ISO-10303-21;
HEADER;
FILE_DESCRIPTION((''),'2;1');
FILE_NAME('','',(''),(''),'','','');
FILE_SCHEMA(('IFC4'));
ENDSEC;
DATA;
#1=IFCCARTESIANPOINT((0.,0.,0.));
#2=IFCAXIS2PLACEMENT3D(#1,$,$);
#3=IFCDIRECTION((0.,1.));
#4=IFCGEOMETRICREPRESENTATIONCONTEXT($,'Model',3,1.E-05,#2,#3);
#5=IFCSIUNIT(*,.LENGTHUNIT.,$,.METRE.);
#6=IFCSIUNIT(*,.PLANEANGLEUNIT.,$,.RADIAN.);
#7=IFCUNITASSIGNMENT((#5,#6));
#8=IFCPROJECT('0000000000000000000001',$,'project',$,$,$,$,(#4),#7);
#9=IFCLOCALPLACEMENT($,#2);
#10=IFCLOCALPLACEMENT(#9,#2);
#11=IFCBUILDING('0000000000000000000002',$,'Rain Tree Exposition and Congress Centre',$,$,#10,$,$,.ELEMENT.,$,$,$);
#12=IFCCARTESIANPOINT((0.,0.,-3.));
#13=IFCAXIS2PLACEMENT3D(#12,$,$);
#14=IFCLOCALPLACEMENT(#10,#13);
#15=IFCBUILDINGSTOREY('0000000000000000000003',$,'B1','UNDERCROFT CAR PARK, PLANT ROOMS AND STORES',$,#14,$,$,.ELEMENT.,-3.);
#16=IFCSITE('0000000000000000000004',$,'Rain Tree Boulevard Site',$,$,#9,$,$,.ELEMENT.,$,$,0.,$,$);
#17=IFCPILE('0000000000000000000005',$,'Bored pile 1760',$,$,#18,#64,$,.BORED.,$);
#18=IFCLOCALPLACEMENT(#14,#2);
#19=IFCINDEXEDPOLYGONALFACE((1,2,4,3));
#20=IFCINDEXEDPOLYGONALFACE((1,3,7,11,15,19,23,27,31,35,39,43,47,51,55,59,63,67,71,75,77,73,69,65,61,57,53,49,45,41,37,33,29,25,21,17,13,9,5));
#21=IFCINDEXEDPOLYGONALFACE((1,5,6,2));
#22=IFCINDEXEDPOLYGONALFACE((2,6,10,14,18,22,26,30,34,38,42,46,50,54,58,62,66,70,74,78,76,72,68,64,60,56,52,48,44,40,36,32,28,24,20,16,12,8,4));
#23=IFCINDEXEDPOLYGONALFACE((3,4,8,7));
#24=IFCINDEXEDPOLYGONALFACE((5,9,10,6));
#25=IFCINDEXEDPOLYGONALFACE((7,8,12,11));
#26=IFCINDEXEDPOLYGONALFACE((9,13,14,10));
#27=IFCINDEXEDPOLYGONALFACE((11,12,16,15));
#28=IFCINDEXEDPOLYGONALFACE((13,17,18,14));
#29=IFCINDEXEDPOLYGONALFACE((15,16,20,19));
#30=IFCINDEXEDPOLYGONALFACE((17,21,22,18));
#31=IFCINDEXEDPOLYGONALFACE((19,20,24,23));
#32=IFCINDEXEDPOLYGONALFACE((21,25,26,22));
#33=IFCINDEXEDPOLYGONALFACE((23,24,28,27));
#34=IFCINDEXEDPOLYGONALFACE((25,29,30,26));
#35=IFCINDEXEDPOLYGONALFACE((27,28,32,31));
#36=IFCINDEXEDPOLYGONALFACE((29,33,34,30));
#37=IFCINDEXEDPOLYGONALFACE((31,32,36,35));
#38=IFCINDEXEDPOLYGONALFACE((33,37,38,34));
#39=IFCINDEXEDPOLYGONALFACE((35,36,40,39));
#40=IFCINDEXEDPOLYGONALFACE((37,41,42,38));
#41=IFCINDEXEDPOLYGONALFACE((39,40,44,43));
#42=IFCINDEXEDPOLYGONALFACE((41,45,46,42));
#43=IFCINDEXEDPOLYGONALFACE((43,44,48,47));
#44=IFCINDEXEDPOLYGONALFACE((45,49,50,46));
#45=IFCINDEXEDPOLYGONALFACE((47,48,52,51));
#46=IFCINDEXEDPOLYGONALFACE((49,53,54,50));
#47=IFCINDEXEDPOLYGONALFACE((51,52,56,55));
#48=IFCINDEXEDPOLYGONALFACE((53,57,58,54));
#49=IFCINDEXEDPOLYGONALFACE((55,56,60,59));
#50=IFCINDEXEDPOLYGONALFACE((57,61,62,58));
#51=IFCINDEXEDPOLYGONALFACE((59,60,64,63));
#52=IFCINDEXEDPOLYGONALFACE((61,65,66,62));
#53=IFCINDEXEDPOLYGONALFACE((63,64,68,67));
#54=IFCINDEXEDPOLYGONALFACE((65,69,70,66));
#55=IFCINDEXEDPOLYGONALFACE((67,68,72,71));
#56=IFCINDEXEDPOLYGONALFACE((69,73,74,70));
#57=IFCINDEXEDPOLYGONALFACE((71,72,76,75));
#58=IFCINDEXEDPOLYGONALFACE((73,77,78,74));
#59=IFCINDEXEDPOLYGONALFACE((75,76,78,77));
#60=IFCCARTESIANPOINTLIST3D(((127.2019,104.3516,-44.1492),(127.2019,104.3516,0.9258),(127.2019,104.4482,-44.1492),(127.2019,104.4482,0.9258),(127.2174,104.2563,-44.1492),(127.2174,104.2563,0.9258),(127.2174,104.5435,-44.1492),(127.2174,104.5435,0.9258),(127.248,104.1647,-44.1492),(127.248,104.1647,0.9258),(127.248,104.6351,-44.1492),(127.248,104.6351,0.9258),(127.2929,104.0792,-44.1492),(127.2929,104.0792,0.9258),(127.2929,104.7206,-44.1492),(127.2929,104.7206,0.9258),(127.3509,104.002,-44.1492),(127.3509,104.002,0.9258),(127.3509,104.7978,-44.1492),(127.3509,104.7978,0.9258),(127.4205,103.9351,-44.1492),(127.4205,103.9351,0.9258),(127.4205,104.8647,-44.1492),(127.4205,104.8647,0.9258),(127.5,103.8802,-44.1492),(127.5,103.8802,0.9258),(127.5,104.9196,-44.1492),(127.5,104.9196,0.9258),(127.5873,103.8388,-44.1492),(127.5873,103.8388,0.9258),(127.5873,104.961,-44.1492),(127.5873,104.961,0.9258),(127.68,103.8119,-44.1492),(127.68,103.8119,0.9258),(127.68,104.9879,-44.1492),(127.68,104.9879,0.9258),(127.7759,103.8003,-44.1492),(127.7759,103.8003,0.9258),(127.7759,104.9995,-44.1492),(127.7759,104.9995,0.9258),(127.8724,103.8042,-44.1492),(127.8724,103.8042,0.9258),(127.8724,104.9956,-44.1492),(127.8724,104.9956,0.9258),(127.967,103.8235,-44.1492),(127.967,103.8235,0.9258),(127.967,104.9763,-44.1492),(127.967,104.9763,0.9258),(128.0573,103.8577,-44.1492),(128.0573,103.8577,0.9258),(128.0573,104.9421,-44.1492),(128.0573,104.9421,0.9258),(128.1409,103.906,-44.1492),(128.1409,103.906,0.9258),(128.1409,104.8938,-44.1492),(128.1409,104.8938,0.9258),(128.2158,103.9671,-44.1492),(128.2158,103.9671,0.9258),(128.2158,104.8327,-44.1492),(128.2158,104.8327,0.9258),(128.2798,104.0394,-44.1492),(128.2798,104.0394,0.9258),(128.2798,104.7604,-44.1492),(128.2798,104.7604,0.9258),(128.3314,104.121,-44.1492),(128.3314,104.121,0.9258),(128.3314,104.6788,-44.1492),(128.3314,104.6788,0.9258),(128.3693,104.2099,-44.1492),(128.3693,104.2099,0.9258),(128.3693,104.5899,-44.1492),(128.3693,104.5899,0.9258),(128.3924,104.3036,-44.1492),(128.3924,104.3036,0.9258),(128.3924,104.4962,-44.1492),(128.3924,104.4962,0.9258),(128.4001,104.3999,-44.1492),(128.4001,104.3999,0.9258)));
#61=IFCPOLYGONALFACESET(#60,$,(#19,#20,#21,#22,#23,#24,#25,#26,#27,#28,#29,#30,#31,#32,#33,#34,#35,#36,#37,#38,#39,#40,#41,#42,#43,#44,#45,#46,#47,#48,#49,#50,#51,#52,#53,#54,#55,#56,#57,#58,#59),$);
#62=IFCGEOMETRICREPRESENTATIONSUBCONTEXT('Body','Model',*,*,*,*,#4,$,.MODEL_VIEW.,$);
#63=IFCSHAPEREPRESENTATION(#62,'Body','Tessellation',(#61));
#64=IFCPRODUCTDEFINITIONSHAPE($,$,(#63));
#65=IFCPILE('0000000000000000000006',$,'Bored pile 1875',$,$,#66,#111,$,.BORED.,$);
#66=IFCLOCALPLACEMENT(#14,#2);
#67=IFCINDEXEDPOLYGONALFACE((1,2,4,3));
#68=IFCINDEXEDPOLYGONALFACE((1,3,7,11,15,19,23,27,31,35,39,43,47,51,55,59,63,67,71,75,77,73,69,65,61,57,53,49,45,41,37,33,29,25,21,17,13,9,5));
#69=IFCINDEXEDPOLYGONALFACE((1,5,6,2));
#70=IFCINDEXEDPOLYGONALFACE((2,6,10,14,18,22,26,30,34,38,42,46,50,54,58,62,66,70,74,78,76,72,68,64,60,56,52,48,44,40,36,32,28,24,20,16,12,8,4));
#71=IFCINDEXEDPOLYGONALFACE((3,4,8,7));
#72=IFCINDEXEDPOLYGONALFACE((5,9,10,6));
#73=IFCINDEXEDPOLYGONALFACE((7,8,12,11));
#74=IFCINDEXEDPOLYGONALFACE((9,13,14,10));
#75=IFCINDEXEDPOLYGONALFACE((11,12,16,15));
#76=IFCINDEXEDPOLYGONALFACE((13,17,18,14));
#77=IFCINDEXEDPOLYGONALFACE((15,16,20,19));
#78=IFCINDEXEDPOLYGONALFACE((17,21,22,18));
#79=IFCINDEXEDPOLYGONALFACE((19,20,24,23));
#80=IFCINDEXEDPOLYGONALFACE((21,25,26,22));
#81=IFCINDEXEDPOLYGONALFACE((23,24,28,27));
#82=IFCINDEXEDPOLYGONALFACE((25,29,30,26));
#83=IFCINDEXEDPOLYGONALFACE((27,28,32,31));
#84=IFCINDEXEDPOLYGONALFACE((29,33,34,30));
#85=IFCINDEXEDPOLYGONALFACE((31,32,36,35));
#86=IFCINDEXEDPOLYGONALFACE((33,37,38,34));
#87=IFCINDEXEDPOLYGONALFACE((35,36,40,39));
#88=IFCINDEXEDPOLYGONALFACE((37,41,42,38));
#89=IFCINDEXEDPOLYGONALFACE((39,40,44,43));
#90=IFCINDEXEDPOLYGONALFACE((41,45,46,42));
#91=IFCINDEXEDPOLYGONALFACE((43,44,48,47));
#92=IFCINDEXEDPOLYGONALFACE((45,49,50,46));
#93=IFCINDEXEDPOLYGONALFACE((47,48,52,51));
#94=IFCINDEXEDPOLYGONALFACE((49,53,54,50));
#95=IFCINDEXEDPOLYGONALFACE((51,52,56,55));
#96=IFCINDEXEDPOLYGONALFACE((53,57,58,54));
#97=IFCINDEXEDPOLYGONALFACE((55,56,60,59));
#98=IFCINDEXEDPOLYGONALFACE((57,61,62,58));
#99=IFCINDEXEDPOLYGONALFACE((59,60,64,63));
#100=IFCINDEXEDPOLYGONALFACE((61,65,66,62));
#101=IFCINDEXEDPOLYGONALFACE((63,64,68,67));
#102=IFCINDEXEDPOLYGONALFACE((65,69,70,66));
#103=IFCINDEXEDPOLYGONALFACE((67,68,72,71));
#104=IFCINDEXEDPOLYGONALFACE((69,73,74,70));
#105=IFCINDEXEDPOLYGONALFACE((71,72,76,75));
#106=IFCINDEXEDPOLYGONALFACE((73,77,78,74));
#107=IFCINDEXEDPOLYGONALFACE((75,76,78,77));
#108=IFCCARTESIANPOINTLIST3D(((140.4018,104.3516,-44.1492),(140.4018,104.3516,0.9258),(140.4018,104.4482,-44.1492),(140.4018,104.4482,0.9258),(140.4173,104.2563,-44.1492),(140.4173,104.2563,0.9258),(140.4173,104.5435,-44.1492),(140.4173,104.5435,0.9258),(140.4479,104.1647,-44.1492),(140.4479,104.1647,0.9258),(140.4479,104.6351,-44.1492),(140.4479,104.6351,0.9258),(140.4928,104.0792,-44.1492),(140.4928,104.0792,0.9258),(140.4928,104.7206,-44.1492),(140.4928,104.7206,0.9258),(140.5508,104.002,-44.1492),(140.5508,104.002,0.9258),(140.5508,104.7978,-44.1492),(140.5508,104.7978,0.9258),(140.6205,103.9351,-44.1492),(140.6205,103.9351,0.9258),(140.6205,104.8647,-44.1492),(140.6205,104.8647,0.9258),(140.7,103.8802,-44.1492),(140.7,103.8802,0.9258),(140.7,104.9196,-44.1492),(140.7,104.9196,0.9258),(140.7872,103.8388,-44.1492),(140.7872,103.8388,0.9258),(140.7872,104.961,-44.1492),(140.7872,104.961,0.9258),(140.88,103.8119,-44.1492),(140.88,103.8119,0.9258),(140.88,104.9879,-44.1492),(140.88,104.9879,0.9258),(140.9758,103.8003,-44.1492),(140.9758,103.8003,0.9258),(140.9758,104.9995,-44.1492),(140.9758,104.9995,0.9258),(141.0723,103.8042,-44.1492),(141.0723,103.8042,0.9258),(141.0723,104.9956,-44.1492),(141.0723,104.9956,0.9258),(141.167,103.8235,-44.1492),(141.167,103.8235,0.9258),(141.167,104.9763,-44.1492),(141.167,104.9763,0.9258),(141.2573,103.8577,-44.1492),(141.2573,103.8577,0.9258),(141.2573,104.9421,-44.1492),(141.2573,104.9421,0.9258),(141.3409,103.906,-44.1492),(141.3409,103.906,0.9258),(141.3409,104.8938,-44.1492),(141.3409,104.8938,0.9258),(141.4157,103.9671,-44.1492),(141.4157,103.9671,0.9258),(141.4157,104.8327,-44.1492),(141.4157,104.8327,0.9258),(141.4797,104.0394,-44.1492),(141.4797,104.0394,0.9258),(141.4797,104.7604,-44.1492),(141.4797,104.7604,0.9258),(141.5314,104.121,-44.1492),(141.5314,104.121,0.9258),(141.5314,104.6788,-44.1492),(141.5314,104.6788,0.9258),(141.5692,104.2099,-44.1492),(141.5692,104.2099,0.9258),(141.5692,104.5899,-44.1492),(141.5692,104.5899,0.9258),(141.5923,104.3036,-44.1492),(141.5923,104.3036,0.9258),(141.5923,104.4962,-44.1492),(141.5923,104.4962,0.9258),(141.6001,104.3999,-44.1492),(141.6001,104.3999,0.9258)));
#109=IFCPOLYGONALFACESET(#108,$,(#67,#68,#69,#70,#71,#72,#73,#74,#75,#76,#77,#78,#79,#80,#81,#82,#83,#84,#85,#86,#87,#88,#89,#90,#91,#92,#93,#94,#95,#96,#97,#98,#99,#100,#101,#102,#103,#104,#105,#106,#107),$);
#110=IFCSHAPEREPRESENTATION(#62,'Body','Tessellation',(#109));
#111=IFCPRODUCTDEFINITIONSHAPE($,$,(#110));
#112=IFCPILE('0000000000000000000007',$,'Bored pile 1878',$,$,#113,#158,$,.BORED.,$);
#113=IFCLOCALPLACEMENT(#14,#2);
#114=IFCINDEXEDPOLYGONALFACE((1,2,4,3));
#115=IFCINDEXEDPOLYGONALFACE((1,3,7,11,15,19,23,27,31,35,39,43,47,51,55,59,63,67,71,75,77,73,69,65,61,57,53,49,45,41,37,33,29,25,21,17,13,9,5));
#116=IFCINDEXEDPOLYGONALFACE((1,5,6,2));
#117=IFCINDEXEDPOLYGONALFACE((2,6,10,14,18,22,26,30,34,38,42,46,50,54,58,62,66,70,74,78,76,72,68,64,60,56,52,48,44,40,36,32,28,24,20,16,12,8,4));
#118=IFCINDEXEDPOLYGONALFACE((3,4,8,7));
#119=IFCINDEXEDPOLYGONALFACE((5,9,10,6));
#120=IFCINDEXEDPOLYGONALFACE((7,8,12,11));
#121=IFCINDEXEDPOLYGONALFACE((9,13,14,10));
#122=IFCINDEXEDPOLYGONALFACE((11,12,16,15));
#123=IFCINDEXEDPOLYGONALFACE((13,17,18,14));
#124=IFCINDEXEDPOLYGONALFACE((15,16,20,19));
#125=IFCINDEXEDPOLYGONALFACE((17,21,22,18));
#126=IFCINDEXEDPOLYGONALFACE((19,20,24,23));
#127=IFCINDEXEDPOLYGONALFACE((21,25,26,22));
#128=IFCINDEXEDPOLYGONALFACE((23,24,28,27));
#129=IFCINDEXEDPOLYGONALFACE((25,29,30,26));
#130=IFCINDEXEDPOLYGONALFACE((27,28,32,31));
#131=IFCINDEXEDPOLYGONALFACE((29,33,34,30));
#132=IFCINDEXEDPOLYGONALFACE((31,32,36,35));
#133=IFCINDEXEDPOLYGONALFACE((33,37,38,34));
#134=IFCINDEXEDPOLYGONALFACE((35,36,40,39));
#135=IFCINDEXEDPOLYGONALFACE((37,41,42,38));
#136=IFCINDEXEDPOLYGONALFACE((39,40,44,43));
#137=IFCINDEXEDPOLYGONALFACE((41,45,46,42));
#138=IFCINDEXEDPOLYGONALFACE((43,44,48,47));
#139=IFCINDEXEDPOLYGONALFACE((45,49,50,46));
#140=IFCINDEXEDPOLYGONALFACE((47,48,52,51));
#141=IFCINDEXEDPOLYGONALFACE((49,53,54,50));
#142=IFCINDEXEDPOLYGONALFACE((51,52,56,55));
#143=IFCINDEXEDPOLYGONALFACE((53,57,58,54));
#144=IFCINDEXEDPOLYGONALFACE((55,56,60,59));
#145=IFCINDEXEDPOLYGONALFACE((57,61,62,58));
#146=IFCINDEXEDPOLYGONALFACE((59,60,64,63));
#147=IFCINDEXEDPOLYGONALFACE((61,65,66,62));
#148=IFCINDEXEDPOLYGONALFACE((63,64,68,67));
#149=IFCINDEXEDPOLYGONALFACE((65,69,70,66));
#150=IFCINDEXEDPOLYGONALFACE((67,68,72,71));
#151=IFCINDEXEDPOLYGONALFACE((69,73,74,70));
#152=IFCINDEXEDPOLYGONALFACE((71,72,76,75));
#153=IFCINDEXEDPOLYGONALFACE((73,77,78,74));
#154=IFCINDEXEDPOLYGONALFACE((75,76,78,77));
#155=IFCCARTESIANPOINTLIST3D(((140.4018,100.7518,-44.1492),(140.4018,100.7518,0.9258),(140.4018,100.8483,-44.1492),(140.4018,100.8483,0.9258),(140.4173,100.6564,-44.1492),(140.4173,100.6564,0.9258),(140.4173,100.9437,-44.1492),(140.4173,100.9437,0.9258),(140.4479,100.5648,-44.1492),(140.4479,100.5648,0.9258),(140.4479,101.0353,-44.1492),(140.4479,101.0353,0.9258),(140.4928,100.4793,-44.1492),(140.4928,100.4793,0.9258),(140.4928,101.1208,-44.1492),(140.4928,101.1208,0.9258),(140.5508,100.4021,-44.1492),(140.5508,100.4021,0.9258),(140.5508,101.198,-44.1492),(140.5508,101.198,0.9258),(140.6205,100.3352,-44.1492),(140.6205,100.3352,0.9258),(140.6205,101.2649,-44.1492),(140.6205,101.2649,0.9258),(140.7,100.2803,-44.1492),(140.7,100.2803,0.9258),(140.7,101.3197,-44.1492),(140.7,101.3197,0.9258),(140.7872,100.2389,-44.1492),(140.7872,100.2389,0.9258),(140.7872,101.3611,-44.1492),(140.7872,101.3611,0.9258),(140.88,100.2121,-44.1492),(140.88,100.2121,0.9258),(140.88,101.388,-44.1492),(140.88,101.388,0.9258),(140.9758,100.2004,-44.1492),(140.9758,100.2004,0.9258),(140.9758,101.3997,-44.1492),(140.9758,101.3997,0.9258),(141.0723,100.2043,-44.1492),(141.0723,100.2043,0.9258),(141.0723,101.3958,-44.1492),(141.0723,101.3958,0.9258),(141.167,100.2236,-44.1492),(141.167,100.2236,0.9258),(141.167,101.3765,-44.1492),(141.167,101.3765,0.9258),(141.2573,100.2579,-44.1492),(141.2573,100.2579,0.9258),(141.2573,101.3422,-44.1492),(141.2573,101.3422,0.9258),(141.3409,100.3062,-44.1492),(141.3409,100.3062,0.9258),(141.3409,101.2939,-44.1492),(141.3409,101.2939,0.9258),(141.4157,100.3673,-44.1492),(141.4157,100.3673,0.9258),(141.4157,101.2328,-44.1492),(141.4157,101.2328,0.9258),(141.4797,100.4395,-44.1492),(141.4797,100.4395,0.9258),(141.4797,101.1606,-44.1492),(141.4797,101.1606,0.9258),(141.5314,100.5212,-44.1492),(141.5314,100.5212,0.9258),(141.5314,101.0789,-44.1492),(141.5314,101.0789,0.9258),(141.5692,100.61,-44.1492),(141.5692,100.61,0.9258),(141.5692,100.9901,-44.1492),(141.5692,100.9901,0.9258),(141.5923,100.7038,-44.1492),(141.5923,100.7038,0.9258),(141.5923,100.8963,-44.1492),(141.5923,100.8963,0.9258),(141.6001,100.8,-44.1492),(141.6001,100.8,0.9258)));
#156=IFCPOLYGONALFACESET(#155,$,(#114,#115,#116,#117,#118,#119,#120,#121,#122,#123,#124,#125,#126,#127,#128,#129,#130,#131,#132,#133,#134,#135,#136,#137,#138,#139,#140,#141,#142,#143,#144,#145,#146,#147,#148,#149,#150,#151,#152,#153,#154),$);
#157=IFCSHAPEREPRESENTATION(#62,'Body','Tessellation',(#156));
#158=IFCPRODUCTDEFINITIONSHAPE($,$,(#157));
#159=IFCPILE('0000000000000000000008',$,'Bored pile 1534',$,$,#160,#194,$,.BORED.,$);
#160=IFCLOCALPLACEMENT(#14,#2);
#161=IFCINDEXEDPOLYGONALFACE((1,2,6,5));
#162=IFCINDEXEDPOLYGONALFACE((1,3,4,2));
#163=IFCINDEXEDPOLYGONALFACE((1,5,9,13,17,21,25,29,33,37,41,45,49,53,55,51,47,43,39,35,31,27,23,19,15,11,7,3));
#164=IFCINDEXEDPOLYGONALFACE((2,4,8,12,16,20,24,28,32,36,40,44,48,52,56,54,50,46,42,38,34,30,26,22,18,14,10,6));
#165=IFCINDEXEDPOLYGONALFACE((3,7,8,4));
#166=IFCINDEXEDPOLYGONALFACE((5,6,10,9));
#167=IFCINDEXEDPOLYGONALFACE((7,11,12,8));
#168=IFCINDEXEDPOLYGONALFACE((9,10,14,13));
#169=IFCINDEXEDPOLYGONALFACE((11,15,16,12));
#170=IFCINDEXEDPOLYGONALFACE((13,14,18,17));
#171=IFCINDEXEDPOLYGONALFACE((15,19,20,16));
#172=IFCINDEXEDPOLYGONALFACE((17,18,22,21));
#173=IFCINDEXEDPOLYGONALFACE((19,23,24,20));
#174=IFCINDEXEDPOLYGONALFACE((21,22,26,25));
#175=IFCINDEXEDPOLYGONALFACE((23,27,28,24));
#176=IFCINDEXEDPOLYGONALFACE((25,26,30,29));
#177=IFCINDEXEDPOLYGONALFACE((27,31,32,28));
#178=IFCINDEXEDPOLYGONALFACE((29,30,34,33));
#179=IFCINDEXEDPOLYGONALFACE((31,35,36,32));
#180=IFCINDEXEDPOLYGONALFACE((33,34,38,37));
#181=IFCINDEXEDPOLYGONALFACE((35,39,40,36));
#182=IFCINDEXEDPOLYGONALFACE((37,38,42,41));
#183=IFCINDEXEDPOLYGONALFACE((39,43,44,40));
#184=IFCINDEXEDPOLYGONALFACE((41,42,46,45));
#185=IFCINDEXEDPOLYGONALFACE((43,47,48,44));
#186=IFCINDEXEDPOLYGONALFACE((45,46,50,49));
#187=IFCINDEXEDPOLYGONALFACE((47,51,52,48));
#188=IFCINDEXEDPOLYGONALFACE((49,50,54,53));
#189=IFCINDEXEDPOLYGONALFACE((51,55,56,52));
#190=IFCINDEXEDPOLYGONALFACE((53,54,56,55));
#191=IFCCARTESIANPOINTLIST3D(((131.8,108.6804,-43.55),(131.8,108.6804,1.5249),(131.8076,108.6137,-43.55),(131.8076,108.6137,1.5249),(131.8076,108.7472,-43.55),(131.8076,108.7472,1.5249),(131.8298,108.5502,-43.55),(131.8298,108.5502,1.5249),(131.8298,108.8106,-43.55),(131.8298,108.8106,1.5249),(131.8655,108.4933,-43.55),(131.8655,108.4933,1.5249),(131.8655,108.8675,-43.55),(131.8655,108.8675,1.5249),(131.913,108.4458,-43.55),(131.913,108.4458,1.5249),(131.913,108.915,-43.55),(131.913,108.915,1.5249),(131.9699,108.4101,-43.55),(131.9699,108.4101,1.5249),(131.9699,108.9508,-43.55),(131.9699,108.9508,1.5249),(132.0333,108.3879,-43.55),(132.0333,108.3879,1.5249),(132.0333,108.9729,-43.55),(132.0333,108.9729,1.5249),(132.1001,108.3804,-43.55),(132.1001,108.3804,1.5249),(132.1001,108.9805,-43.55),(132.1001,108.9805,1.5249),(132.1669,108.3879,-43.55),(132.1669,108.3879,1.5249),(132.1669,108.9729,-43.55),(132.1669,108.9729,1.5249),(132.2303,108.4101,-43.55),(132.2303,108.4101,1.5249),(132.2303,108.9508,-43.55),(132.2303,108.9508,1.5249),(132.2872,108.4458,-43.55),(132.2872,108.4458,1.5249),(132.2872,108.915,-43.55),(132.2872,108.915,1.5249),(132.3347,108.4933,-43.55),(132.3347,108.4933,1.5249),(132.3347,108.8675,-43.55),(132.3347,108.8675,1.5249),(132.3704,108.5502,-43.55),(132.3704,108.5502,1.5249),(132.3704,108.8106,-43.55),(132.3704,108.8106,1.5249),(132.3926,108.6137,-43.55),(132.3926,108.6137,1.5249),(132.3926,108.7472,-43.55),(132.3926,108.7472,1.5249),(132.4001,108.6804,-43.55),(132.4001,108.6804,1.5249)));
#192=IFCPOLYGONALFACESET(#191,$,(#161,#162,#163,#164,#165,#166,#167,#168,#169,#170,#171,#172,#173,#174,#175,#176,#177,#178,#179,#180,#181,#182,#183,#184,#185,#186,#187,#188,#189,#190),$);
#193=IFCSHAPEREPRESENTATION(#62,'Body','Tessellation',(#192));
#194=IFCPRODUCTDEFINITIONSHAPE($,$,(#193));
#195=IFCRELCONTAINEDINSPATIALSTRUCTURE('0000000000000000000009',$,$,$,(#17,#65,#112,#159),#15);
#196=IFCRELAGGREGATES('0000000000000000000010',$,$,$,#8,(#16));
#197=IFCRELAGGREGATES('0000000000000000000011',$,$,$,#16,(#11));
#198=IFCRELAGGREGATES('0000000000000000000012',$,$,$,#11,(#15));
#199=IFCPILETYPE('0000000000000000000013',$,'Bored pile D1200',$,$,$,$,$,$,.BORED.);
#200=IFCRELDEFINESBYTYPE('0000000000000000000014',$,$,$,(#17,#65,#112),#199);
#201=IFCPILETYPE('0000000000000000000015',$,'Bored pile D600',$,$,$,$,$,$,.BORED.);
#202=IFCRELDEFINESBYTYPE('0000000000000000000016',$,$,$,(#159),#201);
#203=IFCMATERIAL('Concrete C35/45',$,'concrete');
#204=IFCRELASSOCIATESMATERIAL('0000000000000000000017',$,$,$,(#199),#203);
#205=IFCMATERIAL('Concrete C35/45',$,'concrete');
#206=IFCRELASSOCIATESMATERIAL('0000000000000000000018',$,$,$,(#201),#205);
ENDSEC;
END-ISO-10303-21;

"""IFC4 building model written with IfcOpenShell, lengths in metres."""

from ifc_helpers import new_model, si_unit, direction, frame, origin, origin_2d, place, context, subcontext, project, spatial, circle, extrude, material, material_profile, profile_set, type_object, element, save


model = new_model("IFC4")

# Units and contexts
model_context = context("Model", 3, precision=1e-05, world=origin(), true_north=direction((0.0, 1.0)))
body_context = subcontext(model_context, "Body", "Model", "MODEL_VIEW")
ifc_project = project(units=[si_unit("LENGTHUNIT", "METRE"), si_unit("PLANEANGLEUNIT", "RADIAN")], contexts=[model_context])

# Site, building, storey
site_placement = place(None, origin())
site = spatial("IfcSite", under=ifc_project, at=site_placement, Name="Rain Tree Boulevard Site", CompositionType="ELEMENT", RefElevation=0.0)
building_placement = place(site_placement, origin())
building = spatial("IfcBuilding", under=site, at=building_placement, Name="Rain Tree Exposition and Congress Centre", CompositionType="ELEMENT")
storey_placement = place(building_placement, frame((0.0, 0.0, -3.0)))
storey = spatial("IfcBuildingStorey", under=building, at=storey_placement, Name="B1", Description="UNDERCROFT CAR PARK, PLANT ROOMS AND STORES", CompositionType="ELEMENT", Elevation=-3.0)

# Piles
ifc_material_1 = material(Name="Concrete C35/45", Category="concrete")
ifc_material_profile_1 = material_profile(ifc_material_1, circle(Radius=0.6001, at=origin_2d()), Name="D1200")
ifc_profile_set_1 = profile_set([ifc_material_profile_1], Name="Concrete C35/45")
pile_type_1 = type_object("IfcPileType", Name="Bored pile D1200", PredefinedType="BORED", material=ifc_profile_set_1)
for number, where, z_axis, x_axis, name in (
    (1, (127.8, 104.3999, 0.9258), (0.0, 0.0, -1.0), (1.0, 0.0, 0.0), "Bored pile 1760"),
    (2, (141.0, 104.3999, 0.9258), (0.0, 0.0, -1.0), (1.0, 0.0, 0.0), "Bored pile 1875"),
    (3, (141.0, 100.8, 0.9258), (0.0, 0.0, -1.0), (1.0, 0.0, 0.0), "Bored pile 1878"),
):
    element("IfcPile", number, at=place(storey_placement, frame(where, z_axis=z_axis, x_axis=x_axis)), inside=storey, type_object=pile_type_1, Name=name, PredefinedType="BORED", context=body_context, shape_type="SweptSolid", body=[
        extrude(circle(Radius=0.6001, at=origin_2d()), origin(), (0.0, 0.0, 1.0), 45.075),
    ])
ifc_material_2 = material(Name="Concrete C35/45", Category="concrete")
ifc_material_profile_2 = material_profile(ifc_material_2, circle(Radius=0.3, at=origin_2d()), Name="D600")
ifc_profile_set_2 = profile_set([ifc_material_profile_2], Name="Concrete C35/45")
pile_type_2 = type_object("IfcPileType", Name="Bored pile D600", PredefinedType="BORED", material=ifc_profile_set_2)
for number, where, z_axis, x_axis, name in (
    (4, (132.1001, 108.6804, 1.5249), (0.0, 0.0, -1.0), (1.0, 0.0, 0.0), "Bored pile 1534"),
):
    element("IfcPile", number, at=place(storey_placement, frame(where, z_axis=z_axis, x_axis=x_axis)), inside=storey, type_object=pile_type_2, Name=name, PredefinedType="BORED", context=body_context, shape_type="SweptSolid", body=[
        extrude(circle(Radius=0.3, at=origin_2d()), origin(), (0.0, 0.0, 1.0), 45.075),
    ])

save(model, "model.ifc")
